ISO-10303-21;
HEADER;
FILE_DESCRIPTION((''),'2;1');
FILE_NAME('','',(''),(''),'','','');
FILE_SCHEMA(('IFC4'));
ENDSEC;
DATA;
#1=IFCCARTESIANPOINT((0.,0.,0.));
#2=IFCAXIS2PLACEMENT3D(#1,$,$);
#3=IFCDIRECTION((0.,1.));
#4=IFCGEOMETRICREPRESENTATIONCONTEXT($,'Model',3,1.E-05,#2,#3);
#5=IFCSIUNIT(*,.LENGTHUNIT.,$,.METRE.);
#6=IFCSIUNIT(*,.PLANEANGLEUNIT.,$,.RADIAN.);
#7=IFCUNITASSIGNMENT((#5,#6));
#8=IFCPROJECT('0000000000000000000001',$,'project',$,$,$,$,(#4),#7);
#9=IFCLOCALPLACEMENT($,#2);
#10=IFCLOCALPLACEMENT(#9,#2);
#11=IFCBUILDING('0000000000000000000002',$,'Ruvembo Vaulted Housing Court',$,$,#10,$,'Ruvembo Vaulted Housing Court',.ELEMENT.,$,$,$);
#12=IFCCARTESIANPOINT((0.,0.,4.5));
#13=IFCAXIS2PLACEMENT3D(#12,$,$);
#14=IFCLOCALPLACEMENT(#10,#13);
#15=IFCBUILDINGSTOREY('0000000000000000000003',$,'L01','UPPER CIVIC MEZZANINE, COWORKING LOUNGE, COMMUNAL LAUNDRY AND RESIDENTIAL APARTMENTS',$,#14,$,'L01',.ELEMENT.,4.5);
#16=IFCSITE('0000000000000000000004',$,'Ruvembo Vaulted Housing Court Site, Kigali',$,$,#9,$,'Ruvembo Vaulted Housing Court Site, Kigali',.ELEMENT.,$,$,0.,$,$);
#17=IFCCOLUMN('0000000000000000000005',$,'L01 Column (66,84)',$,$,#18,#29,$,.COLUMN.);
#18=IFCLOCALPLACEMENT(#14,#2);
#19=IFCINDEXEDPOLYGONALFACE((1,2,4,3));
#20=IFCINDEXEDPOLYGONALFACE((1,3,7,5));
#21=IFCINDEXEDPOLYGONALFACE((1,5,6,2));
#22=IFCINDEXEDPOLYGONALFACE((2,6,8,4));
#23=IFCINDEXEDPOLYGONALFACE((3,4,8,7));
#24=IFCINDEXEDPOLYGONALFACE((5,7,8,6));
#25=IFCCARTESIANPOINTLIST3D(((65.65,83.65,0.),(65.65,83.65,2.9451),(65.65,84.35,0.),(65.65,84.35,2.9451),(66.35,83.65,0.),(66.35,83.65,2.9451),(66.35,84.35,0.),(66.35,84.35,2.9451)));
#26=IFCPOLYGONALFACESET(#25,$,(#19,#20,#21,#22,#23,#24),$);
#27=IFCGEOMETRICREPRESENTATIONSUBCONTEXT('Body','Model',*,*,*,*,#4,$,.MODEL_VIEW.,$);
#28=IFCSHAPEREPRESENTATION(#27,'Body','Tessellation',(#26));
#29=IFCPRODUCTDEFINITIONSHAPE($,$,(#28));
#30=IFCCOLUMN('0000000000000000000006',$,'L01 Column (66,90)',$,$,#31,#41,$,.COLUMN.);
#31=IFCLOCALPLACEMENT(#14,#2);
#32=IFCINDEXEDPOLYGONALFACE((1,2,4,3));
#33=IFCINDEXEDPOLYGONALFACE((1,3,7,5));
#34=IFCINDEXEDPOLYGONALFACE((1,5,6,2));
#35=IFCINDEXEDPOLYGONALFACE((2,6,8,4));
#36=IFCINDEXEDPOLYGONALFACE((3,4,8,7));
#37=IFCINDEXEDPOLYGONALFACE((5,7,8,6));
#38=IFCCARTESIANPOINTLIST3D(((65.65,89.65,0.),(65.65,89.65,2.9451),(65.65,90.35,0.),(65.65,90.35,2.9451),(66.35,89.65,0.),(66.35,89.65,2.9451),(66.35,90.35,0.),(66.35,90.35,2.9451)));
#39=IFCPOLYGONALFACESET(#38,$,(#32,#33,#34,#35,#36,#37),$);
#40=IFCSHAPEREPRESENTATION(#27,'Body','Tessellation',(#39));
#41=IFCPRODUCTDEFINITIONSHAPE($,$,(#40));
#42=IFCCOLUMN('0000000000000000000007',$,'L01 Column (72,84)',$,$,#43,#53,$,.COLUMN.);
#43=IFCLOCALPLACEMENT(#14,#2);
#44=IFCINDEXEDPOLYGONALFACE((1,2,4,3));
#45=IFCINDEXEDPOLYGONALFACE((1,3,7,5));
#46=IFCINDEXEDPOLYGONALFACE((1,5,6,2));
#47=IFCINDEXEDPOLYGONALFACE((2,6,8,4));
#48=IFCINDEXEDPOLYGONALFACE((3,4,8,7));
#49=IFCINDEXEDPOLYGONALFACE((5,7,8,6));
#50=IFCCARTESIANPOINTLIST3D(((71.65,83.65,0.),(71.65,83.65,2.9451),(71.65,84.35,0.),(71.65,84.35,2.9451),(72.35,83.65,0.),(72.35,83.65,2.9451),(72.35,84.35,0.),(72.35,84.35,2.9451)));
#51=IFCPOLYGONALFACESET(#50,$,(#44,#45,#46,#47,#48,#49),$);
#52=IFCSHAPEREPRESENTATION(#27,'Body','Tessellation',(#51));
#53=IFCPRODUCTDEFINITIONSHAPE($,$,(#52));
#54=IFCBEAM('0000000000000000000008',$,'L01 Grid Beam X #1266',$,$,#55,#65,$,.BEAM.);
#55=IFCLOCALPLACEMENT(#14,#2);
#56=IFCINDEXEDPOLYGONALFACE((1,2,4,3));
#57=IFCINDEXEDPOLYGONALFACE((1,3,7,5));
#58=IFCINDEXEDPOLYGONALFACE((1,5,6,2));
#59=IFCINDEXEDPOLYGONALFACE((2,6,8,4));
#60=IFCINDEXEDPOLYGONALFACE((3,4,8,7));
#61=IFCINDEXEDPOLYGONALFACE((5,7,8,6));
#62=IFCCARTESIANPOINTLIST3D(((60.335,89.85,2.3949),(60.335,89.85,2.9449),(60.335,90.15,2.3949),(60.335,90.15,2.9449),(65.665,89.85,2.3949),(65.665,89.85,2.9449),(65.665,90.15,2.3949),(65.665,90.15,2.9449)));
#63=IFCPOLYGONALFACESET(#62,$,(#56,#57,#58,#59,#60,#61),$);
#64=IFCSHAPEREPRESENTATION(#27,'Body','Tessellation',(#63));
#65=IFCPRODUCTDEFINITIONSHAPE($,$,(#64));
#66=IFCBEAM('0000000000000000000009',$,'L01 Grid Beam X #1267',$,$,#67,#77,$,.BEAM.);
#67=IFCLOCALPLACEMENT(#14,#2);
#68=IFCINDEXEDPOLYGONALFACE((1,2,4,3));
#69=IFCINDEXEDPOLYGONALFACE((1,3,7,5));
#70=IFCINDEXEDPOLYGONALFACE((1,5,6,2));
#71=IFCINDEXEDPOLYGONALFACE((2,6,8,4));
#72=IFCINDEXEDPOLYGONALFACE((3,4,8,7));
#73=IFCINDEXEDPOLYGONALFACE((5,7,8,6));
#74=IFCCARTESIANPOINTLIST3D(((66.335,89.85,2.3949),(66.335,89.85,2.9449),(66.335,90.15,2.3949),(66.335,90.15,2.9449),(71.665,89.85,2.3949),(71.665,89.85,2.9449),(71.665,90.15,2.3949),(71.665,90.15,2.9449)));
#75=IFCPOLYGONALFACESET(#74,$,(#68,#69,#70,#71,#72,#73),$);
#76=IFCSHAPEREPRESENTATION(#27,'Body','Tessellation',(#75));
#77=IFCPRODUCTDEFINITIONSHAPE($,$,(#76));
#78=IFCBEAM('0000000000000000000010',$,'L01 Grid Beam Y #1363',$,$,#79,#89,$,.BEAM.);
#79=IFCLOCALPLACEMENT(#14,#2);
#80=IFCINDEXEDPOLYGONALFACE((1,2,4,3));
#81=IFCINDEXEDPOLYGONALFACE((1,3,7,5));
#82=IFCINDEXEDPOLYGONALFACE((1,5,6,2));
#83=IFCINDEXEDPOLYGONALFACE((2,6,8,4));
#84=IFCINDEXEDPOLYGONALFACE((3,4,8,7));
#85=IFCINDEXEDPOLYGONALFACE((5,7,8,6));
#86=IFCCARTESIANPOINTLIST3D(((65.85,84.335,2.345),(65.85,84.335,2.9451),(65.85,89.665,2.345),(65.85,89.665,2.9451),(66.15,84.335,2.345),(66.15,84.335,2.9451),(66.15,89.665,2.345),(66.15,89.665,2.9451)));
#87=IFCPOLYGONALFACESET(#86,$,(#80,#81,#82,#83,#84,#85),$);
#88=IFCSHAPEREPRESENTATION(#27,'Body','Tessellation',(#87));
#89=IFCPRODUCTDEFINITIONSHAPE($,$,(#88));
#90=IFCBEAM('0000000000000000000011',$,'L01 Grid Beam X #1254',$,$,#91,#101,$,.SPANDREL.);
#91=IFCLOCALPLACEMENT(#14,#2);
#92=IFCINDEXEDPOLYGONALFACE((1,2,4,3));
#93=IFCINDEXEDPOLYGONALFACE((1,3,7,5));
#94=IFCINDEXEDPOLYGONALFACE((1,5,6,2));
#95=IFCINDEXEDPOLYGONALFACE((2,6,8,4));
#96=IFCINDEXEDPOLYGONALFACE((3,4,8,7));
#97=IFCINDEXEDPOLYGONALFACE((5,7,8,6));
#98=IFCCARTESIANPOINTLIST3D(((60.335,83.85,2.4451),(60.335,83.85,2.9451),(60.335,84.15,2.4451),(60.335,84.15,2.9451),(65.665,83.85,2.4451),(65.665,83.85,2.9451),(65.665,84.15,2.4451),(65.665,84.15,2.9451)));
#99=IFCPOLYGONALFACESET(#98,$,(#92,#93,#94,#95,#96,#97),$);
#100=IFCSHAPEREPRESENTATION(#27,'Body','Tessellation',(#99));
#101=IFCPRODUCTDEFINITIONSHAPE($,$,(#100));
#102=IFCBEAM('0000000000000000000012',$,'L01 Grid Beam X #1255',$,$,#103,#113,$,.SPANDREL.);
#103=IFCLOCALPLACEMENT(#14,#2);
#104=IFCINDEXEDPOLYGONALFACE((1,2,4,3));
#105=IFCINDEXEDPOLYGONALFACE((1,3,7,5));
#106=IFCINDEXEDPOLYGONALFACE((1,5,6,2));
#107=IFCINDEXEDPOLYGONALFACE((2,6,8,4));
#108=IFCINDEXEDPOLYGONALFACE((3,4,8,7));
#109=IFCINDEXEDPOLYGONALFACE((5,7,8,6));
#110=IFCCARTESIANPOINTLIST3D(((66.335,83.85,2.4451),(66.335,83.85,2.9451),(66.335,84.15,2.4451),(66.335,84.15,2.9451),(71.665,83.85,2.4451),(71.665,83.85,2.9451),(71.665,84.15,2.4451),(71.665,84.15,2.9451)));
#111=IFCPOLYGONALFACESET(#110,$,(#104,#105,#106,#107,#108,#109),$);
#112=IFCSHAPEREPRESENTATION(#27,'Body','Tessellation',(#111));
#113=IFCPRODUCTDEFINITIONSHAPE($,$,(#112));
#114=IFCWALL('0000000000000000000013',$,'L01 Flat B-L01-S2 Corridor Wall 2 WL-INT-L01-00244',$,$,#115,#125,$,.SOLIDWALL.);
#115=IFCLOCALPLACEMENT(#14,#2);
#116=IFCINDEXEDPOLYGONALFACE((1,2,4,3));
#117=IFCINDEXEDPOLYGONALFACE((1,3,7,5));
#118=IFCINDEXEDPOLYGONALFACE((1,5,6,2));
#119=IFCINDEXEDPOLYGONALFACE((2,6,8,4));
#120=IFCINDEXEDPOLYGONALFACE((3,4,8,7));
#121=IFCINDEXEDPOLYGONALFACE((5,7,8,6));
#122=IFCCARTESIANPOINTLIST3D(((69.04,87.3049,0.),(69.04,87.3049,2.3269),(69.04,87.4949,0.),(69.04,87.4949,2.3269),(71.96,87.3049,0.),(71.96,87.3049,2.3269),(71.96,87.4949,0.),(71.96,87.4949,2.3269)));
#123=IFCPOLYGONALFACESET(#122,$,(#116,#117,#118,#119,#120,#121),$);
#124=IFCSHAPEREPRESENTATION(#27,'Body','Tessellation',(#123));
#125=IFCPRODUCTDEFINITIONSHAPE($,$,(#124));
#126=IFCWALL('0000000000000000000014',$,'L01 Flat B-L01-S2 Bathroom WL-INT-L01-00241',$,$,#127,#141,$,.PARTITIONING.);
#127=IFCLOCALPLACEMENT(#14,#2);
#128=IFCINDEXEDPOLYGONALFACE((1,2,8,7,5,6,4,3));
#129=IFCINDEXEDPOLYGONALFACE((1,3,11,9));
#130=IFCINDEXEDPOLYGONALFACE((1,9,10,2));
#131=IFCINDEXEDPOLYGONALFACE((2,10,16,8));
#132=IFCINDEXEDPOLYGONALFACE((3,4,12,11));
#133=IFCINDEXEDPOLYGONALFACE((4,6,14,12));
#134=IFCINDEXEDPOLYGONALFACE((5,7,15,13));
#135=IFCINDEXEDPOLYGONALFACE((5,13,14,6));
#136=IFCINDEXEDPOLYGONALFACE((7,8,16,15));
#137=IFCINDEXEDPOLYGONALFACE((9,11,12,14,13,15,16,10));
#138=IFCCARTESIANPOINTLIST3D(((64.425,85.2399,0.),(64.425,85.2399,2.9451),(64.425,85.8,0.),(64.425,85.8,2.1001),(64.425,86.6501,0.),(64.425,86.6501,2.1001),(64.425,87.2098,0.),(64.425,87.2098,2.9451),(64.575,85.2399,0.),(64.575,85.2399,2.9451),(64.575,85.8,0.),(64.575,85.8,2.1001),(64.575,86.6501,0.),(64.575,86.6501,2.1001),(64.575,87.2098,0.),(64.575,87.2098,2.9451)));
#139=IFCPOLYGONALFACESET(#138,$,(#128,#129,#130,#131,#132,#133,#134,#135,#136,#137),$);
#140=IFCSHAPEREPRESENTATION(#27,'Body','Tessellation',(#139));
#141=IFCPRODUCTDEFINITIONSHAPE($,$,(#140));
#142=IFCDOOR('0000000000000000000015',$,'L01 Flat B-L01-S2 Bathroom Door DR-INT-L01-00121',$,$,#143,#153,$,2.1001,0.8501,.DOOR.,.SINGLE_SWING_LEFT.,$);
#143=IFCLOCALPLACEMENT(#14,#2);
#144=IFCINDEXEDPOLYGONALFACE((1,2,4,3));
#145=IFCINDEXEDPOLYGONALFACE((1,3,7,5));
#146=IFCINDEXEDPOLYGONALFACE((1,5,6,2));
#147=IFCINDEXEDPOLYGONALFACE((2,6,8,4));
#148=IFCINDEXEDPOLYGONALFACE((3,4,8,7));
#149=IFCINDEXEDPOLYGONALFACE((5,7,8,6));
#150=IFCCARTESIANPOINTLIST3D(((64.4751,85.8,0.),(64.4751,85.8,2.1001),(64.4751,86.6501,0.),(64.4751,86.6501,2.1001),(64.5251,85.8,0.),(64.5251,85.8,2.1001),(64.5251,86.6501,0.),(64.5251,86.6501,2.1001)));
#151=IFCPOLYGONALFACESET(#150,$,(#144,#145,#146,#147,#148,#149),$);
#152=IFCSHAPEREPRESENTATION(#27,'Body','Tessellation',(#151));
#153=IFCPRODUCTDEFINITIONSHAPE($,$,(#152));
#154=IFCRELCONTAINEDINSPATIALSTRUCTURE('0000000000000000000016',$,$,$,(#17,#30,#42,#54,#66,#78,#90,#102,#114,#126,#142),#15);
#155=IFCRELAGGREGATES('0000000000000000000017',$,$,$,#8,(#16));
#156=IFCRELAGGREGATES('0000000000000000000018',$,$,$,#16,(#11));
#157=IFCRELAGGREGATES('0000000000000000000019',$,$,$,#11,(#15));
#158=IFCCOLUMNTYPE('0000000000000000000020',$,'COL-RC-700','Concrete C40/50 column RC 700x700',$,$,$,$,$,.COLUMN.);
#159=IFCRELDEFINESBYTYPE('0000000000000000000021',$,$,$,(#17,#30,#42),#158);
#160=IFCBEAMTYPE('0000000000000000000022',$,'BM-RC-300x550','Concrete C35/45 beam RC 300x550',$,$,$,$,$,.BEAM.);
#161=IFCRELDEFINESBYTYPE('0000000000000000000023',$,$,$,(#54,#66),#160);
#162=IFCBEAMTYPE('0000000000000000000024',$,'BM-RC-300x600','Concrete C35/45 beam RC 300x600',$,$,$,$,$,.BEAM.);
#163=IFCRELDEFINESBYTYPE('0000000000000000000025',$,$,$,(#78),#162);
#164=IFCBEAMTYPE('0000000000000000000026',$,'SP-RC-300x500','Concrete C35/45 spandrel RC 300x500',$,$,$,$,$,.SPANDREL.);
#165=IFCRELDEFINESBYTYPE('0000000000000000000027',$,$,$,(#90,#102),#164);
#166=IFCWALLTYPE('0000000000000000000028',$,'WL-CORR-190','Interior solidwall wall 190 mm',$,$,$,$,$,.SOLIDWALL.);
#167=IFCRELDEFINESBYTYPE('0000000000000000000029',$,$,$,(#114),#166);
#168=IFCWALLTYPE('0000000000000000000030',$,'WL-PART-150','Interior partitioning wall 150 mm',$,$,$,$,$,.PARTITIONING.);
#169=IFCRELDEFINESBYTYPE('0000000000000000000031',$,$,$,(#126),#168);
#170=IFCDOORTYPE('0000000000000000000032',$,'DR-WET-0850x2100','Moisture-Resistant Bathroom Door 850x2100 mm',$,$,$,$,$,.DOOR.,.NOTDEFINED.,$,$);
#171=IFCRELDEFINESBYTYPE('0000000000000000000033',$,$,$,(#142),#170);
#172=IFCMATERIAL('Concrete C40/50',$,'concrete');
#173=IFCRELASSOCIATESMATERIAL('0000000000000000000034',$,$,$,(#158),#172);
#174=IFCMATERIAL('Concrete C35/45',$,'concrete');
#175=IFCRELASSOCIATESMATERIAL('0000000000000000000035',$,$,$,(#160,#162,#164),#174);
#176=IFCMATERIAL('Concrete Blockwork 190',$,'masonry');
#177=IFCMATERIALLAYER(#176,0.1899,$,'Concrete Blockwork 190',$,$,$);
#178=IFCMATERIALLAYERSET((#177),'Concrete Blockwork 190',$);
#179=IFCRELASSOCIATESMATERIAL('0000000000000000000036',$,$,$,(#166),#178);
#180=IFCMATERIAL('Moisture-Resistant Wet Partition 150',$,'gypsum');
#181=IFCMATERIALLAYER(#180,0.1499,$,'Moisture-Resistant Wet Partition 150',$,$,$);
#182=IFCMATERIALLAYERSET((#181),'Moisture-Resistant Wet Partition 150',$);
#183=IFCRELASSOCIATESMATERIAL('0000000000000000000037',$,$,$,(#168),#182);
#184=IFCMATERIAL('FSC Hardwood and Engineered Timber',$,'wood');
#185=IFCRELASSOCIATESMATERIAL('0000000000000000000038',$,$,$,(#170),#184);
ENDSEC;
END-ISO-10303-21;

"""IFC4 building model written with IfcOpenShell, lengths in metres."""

from ifc_helpers import new_model, si_unit, direction, frame, frame_2d, origin, origin_2d, place, context, subcontext, project, spatial, rectangle, extrude, material, layer, layer_set, material_profile, profile_set, type_object, element, fill, save


model = new_model("IFC4")

# Units and contexts
model_context = context("Model", 3, precision=1e-05, world=origin(), true_north=direction((0.0, 1.0)))
body_context = subcontext(model_context, "Body", "Model", "MODEL_VIEW")
ifc_project = project(units=[si_unit("LENGTHUNIT", "METRE"), si_unit("PLANEANGLEUNIT", "RADIAN")], contexts=[model_context])

# Site, building, storey
site_placement = place(None, origin())
site = spatial("IfcSite", under=ifc_project, at=site_placement, Name="Ruvembo Vaulted Housing Court Site, Kigali", LongName="Ruvembo Vaulted Housing Court Site, Kigali", CompositionType="ELEMENT", RefElevation=0.0)
building_placement = place(site_placement, origin())
building = spatial("IfcBuilding", under=site, at=building_placement, Name="Ruvembo Vaulted Housing Court", LongName="Ruvembo Vaulted Housing Court", CompositionType="ELEMENT")
storey_placement = place(building_placement, frame((0.0, 0.0, 4.5)))
storey = spatial("IfcBuildingStorey", under=building, at=storey_placement, Name="L01", Description="UPPER CIVIC MEZZANINE, COWORKING LOUNGE, COMMUNAL LAUNDRY AND RESIDENTIAL APARTMENTS", LongName="L01", CompositionType="ELEMENT", Elevation=4.5)

# Columns
ifc_material_1 = material(Name="Concrete C40/50", Category="concrete")
ifc_material_profile_1 = material_profile(ifc_material_1, rectangle(XDim=0.7, YDim=0.7, at=origin_2d()), Name="RC 700x700")
ifc_profile_set_1 = profile_set([ifc_material_profile_1], Name="Concrete C40/50")
column_type = type_object("IfcColumnType", Name="COL-RC-700", Description="Concrete C40/50 column RC 700x700", PredefinedType="COLUMN", material=ifc_profile_set_1)
for number, where, z_axis, x_axis, name in (
    (1, (66.0, 84.0, 0.0), (0.0, 0.0, 1.0), (1.0, 0.0, 0.0), "L01 Column (66,84)"),
    (2, (66.0, 90.0, 0.0), (0.0, 0.0, 1.0), (1.0, 0.0, 0.0), "L01 Column (66,90)"),
    (3, (72.0, 84.0, 0.0), (0.0, 0.0, 1.0), (1.0, 0.0, 0.0), "L01 Column (72,84)"),
):
    element("IfcColumn", number, at=place(storey_placement, frame(where, z_axis=z_axis, x_axis=x_axis)), inside=storey, type_object=column_type, Name=name, PredefinedType="COLUMN", context=body_context, shape_type="SweptSolid", body=[
        extrude(rectangle(XDim=0.7, YDim=0.7, at=origin_2d()), origin(), (0.0, 0.0, 1.0), 2.9451),
    ])

# Beams
ifc_material_2 = material(Name="Concrete C35/45", Category="concrete")
ifc_material_profile_2 = material_profile(ifc_material_2, rectangle(XDim=0.3, YDim=0.55, at=origin_2d()), Name="RC 300x550")
ifc_profile_set_2 = profile_set([ifc_material_profile_2], Name="Concrete C35/45")
beam_type_1 = type_object("IfcBeamType", Name="BM-RC-300x550", Description="Concrete C35/45 beam RC 300x550", PredefinedType="BEAM", material=ifc_profile_set_2)
for number, where, z_axis, x_axis, name in (
    (4, (60.335, 90.0, 2.6699), (1.0, 0.0, 0.0), (0.0, 1.0, 0.0), "L01 Grid Beam X #1266"),
    (5, (66.335, 90.0, 2.6699), (1.0, 0.0, 0.0), (0.0, 1.0, 0.0), "L01 Grid Beam X #1267"),
):
    element("IfcBeam", number, at=place(storey_placement, frame(where, z_axis=z_axis, x_axis=x_axis)), inside=storey, type_object=beam_type_1, Name=name, PredefinedType="BEAM", context=body_context, shape_type="SweptSolid", body=[
        extrude(rectangle(XDim=0.3, YDim=0.55, at=origin_2d()), origin(), (0.0, 0.0, 1.0), 5.3301),
    ])
ifc_material_profile_3 = material_profile(ifc_material_2, rectangle(XDim=0.3, YDim=0.6001, at=origin_2d()), Name="RC 300x600")
ifc_profile_set_3 = profile_set([ifc_material_profile_3], Name="Concrete C35/45")
beam_type_2 = type_object("IfcBeamType", Name="BM-RC-300x600", Description="Concrete C35/45 beam RC 300x600", PredefinedType="BEAM", material=ifc_profile_set_3)
beam_placement = place(storey_placement, frame((66.0, 84.335, 2.645), z_axis=(0.0, 1.0, 0.0), x_axis=(-1.0, 0.0, 0.0)))
element("IfcBeam", 6, at=beam_placement, inside=storey, type_object=beam_type_2, Name="L01 Grid Beam Y #1363", PredefinedType="BEAM", context=body_context, shape_type="SweptSolid", body=[
    extrude(rectangle(XDim=0.3, YDim=0.6001, at=origin_2d()), origin(), (0.0, 0.0, 1.0), 5.3301),
])
ifc_material_profile_4 = material_profile(ifc_material_2, rectangle(XDim=0.3, YDim=0.5, at=origin_2d()), Name="RC 300x500")
ifc_profile_set_4 = profile_set([ifc_material_profile_4], Name="Concrete C35/45")
beam_type_3 = type_object("IfcBeamType", Name="SP-RC-300x500", Description="Concrete C35/45 spandrel RC 300x500", PredefinedType="SPANDREL", material=ifc_profile_set_4)
for number, where, z_axis, x_axis, name in (
    (7, (60.335, 84.0, 2.6951), (1.0, 0.0, 0.0), (0.0, 1.0, 0.0), "L01 Grid Beam X #1254"),
    (8, (66.335, 84.0, 2.6951), (1.0, 0.0, 0.0), (0.0, 1.0, 0.0), "L01 Grid Beam X #1255"),
):
    element("IfcBeam", number, at=place(storey_placement, frame(where, z_axis=z_axis, x_axis=x_axis)), inside=storey, type_object=beam_type_3, Name=name, PredefinedType="SPANDREL", context=body_context, shape_type="SweptSolid", body=[
        extrude(rectangle(XDim=0.3, YDim=0.5, at=origin_2d()), origin(), (0.0, 0.0, 1.0), 5.3301),
    ])

# Shared definitions
ifc_material_3 = material(Name="Concrete Blockwork 190", Category="masonry")
ifc_layer_1 = layer(ifc_material_3, 0.1899, Name="Concrete Blockwork 190")
ifc_layer_set_1 = layer_set([ifc_layer_1], Name="Concrete Blockwork 190")
wall_type_1 = type_object("IfcWallType", Name="WL-CORR-190", Description="Interior solidwall wall 190 mm", PredefinedType="SOLIDWALL", material=ifc_layer_set_1)
ifc_material_4 = material(Name="FSC Hardwood and Engineered Timber", Category="wood")

# Wall
wall_1_placement = place(storey_placement, frame((69.04, 87.3999, 0.0), z_axis=(0.0, 0.0, 1.0), x_axis=(1.0, 0.0, 0.0)))
element("IfcWall", 9, at=wall_1_placement, inside=storey, type_object=wall_type_1, Name="L01 Flat B-L01-S2 Corridor Wall 2 WL-INT-L01-00244", PredefinedType="SOLIDWALL", context=body_context, shape_type="SweptSolid", body=[
    extrude(rectangle(XDim=2.9199, YDim=0.1899, at=frame_2d((1.46, 0.0))), origin(), (0.0, 0.0, 1.0), 2.3269),
])

# Wall, opening, door
ifc_material_5 = material(Name="Moisture-Resistant Wet Partition 150", Category="gypsum")
ifc_layer_2 = layer(ifc_material_5, 0.1499, Name="Moisture-Resistant Wet Partition 150")
ifc_layer_set_2 = layer_set([ifc_layer_2], Name="Moisture-Resistant Wet Partition 150")
wall_type_2 = type_object("IfcWallType", Name="WL-PART-150", Description="Interior partitioning wall 150 mm", PredefinedType="PARTITIONING", material=ifc_layer_set_2)
wall_2_placement = place(storey_placement, frame((64.5, 85.24, 0.0), z_axis=(0.0, 0.0, 1.0), x_axis=(0.0, 1.0, 0.0)))
wall_2 = element("IfcWall", 10, at=wall_2_placement, inside=storey, type_object=wall_type_2, Name="L01 Flat B-L01-S2 Bathroom WL-INT-L01-00241", PredefinedType="PARTITIONING", context=body_context, shape_type="SweptSolid", body=[
    extrude(rectangle(XDim=1.97, YDim=0.1499, at=frame_2d((0.9849, 0.0))), origin(), (0.0, 0.0, 1.0), 2.9451),
])
opening_1_placement = place(wall_2_placement, frame((0.5601, 0.0, 0.0)))
opening_1 = element("IfcOpeningElement", 11, at=opening_1_placement, cuts=wall_2, PredefinedType="OPENING", context=body_context, shape_type="SweptSolid", body=[
    extrude(rectangle(XDim=0.8501, YDim=2.1001, at=frame_2d((0.425, 1.05))), frame((0.0, 0.085, 0.0), z_axis=(0.0, -1.0, 0.0), x_axis=(1.0, 0.0, 0.0)), (0.0, 0.0, 1.0), 0.1699),
])
door_type_1 = type_object("IfcDoorType", Name="DR-WET-0850x2100", Description="Moisture-Resistant Bathroom Door 850x2100 mm", OperationType="NOTDEFINED", PredefinedType="DOOR", material=ifc_material_4)
door_1_placement = place(opening_1_placement, origin())
door_1 = element("IfcDoor", 12, at=door_1_placement, inside=storey, type_object=door_type_1, Name="L01 Flat B-L01-S2 Bathroom Door DR-INT-L01-00121", OperationType="SINGLE_SWING_LEFT", OverallHeight=2.1001, OverallWidth=0.8501, PredefinedType="DOOR", context=body_context, shape_type="SweptSolid", body=[
    extrude(rectangle(XDim=0.8501, YDim=2.1001, at=frame_2d((0.425, 1.05))), frame((0.0, 0.0249, 0.0), z_axis=(0.0, -1.0, 0.0), x_axis=(1.0, 0.0, 0.0)), (0.0, 0.0, 1.0), 0.05),
])
fill(opening_1, door_1)

save(model, "model.ifc")
